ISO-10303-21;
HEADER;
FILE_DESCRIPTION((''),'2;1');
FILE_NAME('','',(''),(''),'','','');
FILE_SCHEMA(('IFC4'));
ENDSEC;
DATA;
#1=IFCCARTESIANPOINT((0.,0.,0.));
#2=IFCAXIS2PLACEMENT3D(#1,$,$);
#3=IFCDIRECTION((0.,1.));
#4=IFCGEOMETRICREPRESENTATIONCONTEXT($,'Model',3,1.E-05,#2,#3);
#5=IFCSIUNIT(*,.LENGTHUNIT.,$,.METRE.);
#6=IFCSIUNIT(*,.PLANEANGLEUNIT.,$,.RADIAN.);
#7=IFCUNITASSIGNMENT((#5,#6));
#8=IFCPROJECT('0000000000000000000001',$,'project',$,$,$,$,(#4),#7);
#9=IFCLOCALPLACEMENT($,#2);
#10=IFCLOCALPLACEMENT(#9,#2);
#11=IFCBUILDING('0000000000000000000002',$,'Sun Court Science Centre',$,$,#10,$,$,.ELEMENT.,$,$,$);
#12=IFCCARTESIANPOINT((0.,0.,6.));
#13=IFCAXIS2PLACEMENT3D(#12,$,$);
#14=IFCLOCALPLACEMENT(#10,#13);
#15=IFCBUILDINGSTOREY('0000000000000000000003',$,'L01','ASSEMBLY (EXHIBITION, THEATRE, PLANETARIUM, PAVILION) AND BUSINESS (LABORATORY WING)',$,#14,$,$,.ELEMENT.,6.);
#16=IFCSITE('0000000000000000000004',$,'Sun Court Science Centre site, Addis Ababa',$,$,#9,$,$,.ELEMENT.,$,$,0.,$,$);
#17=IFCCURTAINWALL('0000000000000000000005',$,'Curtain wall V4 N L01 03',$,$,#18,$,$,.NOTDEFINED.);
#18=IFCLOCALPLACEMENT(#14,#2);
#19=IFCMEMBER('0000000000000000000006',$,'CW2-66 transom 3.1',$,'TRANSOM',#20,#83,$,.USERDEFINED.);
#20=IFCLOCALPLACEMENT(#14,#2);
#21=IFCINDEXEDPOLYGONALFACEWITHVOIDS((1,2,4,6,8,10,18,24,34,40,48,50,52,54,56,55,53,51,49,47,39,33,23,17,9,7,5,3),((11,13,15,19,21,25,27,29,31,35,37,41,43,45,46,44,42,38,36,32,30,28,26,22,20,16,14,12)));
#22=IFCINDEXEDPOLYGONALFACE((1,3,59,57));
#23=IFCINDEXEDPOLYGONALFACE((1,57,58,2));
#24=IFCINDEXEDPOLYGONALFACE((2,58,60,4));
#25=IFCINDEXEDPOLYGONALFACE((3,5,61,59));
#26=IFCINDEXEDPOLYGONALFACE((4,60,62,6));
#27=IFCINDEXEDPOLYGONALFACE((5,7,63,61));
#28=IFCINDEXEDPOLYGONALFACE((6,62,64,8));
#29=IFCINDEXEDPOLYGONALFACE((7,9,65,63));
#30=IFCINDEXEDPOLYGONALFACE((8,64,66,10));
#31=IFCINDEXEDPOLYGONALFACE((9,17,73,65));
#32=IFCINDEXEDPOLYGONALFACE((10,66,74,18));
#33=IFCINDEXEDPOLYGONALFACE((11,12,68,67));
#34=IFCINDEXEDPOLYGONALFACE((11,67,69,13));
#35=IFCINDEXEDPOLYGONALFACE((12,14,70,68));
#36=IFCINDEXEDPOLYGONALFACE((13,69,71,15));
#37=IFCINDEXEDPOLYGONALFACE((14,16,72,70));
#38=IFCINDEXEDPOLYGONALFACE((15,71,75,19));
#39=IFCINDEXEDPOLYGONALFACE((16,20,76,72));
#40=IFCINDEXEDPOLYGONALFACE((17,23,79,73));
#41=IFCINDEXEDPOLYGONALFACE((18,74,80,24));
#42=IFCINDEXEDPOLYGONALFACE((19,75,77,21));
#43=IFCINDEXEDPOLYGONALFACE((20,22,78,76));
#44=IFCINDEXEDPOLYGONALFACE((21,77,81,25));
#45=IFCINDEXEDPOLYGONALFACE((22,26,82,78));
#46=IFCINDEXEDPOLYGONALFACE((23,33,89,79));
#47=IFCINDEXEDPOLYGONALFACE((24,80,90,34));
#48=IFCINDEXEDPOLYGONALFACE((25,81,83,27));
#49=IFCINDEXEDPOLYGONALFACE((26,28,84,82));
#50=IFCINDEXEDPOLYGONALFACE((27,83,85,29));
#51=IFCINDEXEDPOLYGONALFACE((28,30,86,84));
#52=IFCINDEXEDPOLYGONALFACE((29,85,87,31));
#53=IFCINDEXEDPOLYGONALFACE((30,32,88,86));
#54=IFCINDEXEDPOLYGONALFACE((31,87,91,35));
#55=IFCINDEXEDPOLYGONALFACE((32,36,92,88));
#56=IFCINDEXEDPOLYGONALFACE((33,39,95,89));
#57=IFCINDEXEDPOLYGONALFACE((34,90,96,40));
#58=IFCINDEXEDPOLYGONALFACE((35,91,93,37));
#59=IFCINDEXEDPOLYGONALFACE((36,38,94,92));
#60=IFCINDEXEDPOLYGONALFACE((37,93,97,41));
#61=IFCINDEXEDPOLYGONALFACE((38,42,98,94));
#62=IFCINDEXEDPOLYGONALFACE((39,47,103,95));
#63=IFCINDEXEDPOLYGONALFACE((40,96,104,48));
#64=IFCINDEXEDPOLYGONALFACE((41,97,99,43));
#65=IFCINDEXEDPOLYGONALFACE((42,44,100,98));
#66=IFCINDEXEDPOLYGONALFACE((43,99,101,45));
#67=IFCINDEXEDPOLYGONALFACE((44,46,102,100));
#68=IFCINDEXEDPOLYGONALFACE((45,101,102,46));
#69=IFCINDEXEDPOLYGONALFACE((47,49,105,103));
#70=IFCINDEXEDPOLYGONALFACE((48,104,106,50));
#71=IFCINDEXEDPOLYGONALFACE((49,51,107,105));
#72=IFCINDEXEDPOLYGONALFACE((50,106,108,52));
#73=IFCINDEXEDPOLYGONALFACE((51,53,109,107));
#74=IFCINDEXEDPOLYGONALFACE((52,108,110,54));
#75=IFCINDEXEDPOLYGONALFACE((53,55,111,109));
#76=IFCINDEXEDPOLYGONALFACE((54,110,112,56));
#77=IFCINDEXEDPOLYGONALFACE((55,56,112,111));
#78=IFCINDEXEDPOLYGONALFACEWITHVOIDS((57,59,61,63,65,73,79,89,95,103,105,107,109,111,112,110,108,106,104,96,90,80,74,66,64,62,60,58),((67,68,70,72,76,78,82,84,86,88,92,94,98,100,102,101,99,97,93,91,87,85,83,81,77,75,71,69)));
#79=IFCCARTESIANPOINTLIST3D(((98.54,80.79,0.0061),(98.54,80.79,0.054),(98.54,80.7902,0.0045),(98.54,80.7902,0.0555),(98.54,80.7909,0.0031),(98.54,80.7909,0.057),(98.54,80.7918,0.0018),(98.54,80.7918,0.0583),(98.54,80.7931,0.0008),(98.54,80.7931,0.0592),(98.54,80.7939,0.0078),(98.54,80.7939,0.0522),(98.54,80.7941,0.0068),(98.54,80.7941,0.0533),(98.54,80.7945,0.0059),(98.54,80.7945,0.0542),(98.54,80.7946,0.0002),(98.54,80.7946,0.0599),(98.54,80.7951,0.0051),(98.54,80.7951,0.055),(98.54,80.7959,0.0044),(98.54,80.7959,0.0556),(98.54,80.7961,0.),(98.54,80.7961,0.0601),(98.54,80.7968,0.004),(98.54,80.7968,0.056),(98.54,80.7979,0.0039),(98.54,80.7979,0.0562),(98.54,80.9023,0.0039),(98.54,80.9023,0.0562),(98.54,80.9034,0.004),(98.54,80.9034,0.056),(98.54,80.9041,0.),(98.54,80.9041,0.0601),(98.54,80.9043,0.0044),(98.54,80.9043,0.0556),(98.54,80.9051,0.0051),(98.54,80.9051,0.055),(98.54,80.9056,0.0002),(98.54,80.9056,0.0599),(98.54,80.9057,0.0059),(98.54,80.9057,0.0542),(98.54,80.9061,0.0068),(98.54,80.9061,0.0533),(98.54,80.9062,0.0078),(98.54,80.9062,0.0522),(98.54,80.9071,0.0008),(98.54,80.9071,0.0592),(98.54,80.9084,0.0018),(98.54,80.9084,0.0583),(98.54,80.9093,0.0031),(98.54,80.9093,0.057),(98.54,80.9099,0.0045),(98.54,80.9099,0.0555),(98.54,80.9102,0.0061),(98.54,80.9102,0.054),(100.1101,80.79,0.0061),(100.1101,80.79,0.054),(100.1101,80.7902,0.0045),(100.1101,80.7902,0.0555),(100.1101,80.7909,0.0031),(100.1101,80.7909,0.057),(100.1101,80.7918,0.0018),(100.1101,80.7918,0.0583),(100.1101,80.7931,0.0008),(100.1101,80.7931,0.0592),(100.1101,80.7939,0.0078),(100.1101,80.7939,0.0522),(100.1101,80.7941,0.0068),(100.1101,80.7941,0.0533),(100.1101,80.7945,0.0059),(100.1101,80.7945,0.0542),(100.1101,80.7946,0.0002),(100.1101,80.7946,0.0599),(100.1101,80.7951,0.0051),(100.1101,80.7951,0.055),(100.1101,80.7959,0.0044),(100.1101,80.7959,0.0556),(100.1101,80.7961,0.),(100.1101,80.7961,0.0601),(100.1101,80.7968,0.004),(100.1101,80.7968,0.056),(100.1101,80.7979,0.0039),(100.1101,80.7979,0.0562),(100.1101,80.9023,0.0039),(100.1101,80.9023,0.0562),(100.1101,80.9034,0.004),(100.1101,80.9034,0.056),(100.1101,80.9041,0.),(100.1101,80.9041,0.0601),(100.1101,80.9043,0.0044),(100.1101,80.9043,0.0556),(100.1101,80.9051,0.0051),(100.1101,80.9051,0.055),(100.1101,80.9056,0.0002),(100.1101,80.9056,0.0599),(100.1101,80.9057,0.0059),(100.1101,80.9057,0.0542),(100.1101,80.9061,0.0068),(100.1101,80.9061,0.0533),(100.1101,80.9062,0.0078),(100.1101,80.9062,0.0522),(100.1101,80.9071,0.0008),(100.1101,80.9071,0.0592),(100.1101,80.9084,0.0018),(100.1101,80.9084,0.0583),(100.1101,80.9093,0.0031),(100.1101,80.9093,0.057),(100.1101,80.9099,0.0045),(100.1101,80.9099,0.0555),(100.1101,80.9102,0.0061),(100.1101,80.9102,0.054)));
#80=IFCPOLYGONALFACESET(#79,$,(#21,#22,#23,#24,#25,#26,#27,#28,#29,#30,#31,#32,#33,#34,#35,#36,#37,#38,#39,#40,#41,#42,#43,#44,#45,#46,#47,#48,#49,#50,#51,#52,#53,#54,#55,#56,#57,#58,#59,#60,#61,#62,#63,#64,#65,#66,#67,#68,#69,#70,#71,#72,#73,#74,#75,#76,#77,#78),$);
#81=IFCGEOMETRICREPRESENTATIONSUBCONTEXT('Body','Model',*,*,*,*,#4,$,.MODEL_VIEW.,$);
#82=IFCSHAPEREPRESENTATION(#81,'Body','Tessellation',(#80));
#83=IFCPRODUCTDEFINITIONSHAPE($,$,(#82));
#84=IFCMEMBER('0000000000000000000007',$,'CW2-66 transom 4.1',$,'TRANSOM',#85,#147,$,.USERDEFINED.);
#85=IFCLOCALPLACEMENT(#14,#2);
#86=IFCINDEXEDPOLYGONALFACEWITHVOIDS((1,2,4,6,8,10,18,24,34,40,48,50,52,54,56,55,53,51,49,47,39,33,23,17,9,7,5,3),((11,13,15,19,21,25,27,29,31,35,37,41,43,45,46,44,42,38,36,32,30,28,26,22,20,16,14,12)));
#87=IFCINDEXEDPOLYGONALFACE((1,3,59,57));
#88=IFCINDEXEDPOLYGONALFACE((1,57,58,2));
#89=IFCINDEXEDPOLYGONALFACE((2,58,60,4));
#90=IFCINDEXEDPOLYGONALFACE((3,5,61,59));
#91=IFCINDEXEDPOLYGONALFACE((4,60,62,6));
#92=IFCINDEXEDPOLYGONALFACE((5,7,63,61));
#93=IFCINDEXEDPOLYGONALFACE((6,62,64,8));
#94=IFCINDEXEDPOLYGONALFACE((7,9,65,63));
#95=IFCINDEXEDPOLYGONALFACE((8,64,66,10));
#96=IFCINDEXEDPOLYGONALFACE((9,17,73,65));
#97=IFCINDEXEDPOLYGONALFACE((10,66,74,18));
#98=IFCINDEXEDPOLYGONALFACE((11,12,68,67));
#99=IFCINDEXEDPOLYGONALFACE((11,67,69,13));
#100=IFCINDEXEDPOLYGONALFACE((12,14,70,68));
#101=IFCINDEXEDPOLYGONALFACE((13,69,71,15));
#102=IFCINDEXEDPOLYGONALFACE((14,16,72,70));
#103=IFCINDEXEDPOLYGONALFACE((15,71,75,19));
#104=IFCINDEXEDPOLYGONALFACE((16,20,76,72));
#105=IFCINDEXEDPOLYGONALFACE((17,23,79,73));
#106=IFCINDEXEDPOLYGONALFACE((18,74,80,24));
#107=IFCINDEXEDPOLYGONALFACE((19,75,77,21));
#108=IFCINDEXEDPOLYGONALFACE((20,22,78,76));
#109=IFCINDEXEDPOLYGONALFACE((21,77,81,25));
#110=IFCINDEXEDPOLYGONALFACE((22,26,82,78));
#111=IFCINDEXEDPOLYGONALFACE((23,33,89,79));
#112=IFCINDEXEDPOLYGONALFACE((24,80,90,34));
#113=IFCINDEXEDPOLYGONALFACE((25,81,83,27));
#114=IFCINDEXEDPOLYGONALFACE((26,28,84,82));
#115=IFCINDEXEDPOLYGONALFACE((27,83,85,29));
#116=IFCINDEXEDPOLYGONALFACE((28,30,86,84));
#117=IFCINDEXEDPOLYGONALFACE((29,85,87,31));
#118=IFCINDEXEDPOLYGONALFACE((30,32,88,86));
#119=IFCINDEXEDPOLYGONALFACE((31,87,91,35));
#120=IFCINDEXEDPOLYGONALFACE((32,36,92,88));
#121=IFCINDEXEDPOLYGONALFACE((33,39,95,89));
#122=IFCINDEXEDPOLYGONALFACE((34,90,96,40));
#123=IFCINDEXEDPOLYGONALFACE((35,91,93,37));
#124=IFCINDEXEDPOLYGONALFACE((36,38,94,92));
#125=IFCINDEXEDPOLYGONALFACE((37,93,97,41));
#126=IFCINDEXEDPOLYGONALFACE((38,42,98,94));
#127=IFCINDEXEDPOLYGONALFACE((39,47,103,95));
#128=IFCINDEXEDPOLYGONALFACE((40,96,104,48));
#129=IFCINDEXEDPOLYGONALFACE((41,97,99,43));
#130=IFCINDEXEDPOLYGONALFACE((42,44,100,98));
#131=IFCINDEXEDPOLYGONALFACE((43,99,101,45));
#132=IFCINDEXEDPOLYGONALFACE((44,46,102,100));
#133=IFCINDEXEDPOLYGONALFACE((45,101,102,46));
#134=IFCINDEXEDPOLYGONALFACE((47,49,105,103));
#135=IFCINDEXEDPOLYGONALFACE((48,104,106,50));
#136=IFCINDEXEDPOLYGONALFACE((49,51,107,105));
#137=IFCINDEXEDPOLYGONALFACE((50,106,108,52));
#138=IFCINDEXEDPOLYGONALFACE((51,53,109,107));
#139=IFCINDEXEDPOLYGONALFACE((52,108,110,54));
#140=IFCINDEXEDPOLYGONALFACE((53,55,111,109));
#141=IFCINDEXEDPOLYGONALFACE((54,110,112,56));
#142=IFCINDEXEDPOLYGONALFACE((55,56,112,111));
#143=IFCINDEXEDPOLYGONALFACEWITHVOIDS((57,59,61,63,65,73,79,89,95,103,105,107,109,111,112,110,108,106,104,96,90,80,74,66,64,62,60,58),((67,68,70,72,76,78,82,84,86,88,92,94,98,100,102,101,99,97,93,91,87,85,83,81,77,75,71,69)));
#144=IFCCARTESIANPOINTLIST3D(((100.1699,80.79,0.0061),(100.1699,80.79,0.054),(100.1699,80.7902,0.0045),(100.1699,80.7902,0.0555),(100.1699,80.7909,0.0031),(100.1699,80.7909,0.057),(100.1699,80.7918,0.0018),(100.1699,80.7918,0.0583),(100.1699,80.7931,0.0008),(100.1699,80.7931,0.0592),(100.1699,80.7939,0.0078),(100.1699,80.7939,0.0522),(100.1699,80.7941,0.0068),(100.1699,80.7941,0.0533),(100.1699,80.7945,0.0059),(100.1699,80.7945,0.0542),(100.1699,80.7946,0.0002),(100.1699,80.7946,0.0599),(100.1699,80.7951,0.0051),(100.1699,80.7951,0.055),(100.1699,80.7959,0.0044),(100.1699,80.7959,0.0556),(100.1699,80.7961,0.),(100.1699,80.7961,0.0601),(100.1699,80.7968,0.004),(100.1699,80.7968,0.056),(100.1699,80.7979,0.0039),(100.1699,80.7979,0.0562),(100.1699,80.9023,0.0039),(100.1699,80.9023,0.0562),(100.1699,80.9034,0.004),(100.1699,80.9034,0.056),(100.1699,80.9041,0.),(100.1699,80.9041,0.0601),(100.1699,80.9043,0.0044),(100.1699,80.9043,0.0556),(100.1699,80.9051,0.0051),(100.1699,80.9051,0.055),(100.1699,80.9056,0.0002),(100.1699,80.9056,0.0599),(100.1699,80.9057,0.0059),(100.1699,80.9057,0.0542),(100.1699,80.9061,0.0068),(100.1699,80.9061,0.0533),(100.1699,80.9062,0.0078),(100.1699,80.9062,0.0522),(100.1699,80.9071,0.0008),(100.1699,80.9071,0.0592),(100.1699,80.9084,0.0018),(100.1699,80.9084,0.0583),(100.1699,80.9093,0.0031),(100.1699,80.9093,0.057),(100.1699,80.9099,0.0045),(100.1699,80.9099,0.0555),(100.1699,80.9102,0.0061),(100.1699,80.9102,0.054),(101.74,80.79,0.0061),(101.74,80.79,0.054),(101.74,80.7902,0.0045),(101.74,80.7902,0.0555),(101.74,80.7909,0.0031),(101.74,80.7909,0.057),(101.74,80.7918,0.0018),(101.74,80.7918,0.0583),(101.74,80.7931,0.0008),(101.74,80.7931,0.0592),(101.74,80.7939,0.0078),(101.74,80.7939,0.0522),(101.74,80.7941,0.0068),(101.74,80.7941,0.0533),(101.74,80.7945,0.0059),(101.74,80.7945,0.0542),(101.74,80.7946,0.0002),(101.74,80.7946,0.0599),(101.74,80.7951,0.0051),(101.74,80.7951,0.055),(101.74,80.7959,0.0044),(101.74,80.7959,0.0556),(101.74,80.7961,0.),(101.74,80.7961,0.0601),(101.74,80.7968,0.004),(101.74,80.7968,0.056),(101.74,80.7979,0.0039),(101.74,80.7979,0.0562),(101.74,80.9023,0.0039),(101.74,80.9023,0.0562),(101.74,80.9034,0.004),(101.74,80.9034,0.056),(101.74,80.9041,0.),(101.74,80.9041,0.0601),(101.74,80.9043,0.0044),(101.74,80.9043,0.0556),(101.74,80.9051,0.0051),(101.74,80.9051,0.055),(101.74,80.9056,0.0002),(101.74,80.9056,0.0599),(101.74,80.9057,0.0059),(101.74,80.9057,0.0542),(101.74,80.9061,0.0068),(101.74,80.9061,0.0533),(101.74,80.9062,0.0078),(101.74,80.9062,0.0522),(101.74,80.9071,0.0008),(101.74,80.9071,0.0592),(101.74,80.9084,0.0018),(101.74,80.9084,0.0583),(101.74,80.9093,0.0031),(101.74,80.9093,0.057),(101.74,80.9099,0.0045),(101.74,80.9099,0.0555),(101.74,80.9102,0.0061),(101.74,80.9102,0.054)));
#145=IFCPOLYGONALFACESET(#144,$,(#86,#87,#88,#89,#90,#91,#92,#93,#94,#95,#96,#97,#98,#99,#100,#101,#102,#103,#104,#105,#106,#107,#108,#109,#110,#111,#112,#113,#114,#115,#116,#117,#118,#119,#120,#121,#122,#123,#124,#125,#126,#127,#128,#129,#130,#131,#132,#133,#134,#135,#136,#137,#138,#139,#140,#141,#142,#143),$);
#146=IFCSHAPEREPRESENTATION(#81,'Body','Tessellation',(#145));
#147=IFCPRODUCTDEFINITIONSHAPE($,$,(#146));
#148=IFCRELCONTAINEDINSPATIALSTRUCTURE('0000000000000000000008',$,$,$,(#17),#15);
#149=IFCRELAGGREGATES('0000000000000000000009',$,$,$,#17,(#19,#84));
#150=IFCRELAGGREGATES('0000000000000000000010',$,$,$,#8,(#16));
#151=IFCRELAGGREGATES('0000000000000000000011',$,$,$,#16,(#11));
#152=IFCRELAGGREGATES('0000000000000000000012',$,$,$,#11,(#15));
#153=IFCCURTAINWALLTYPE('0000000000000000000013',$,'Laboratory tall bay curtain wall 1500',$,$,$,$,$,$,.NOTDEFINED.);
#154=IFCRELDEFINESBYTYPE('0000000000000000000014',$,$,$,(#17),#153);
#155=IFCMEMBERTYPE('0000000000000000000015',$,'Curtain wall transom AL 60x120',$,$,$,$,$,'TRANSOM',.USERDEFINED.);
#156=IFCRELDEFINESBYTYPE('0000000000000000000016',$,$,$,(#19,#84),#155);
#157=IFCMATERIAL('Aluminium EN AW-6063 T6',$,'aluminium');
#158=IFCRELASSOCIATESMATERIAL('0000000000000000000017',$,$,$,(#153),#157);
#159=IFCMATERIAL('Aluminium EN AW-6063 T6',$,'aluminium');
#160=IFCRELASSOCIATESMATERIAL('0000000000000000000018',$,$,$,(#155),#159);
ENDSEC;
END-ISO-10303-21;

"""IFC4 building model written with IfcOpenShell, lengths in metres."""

from ifc_helpers import new_model, si_unit, direction, frame, origin, origin_2d, place, context, subcontext, project, spatial, hollow_rectangle, extrude, material, material_profile, profile_set, type_object, element, aggregate, save


model = new_model("IFC4")

# Units and contexts
model_context = context("Model", 3, precision=1e-05, world=origin(), true_north=direction((0.0, 1.0)))
body_context = subcontext(model_context, "Body", "Model", "MODEL_VIEW")
ifc_project = project(units=[si_unit("LENGTHUNIT", "METRE"), si_unit("PLANEANGLEUNIT", "RADIAN")], contexts=[model_context])

# Site, building, storey
site_placement = place(None, origin())
site = spatial("IfcSite", under=ifc_project, at=site_placement, Name="Sun Court Science Centre site, Addis Ababa", CompositionType="ELEMENT", RefElevation=0.0)
building_placement = place(site_placement, origin())
building = spatial("IfcBuilding", under=site, at=building_placement, Name="Sun Court Science Centre", CompositionType="ELEMENT")
storey_placement = place(building_placement, frame((0.0, 0.0, 6.0)))
storey = spatial("IfcBuildingStorey", under=building, at=storey_placement, Name="L01", Description="ASSEMBLY (EXHIBITION, THEATRE, PLANETARIUM, PAVILION) AND BUSINESS (LABORATORY WING)", CompositionType="ELEMENT", Elevation=6.0)

# Curtain wall, members
ifc_material_1 = material(Name="Aluminium EN AW-6063 T6", Category="aluminium")
curtain_wall_type = type_object("IfcCurtainWallType", Name="Laboratory tall bay curtain wall 1500", PredefinedType="NOTDEFINED", material=ifc_material_1)
curtain_wall_placement = place(storey_placement, origin())
curtain_wall = element("IfcCurtainWall", 1, at=curtain_wall_placement, inside=storey, type_object=curtain_wall_type, Name="Curtain wall V4 N L01 03", PredefinedType="NOTDEFINED")
ifc_material_2 = material(Name="Aluminium EN AW-6063 T6", Category="aluminium")
ifc_material_profile_1 = material_profile(ifc_material_2, hollow_rectangle(XDim=0.0601, YDim=0.1201, WallThickness=0.0039, InnerFilletRadius=0.0039, OuterFilletRadius=0.0061, at=origin_2d()), Name="AL 60x120x4")
ifc_profile_set_1 = profile_set([ifc_material_profile_1], Name="Aluminium EN AW-6063 T6")
member_type_1 = type_object("IfcMemberType", Name="Curtain wall transom AL 60x120", ElementType="TRANSOM", PredefinedType="USERDEFINED", material=ifc_profile_set_1)
member_1_placement = place(storey_placement, frame((98.54, 80.8501, 0.03), z_axis=(1.0, 0.0, 0.0), x_axis=(0.0, 0.0, 1.0)))
member_1 = element("IfcMember", 2, at=member_1_placement, type_object=member_type_1, Name="CW2-66 transom 3.1", ObjectType="TRANSOM", PredefinedType="USERDEFINED", context=body_context, shape_type="SweptSolid", body=[
    extrude(hollow_rectangle(XDim=0.0601, YDim=0.1201, WallThickness=0.0039, InnerFilletRadius=0.0039, OuterFilletRadius=0.0061, at=origin_2d()), origin(), (0.0, 0.0, 1.0), 1.5701),
])
member_2_placement = place(storey_placement, frame((100.1699, 80.8501, 0.03), z_axis=(1.0, 0.0, 0.0), x_axis=(0.0, 0.0, 1.0)))
member_2 = element("IfcMember", 3, at=member_2_placement, type_object=member_type_1, Name="CW2-66 transom 4.1", ObjectType="TRANSOM", PredefinedType="USERDEFINED", context=body_context, shape_type="SweptSolid", body=[
    extrude(hollow_rectangle(XDim=0.0601, YDim=0.1201, WallThickness=0.0039, InnerFilletRadius=0.0039, OuterFilletRadius=0.0061, at=origin_2d()), origin(), (0.0, 0.0, 1.0), 1.5701),
])
aggregate(curtain_wall, [member_1, member_2])

save(model, "model.ifc")
